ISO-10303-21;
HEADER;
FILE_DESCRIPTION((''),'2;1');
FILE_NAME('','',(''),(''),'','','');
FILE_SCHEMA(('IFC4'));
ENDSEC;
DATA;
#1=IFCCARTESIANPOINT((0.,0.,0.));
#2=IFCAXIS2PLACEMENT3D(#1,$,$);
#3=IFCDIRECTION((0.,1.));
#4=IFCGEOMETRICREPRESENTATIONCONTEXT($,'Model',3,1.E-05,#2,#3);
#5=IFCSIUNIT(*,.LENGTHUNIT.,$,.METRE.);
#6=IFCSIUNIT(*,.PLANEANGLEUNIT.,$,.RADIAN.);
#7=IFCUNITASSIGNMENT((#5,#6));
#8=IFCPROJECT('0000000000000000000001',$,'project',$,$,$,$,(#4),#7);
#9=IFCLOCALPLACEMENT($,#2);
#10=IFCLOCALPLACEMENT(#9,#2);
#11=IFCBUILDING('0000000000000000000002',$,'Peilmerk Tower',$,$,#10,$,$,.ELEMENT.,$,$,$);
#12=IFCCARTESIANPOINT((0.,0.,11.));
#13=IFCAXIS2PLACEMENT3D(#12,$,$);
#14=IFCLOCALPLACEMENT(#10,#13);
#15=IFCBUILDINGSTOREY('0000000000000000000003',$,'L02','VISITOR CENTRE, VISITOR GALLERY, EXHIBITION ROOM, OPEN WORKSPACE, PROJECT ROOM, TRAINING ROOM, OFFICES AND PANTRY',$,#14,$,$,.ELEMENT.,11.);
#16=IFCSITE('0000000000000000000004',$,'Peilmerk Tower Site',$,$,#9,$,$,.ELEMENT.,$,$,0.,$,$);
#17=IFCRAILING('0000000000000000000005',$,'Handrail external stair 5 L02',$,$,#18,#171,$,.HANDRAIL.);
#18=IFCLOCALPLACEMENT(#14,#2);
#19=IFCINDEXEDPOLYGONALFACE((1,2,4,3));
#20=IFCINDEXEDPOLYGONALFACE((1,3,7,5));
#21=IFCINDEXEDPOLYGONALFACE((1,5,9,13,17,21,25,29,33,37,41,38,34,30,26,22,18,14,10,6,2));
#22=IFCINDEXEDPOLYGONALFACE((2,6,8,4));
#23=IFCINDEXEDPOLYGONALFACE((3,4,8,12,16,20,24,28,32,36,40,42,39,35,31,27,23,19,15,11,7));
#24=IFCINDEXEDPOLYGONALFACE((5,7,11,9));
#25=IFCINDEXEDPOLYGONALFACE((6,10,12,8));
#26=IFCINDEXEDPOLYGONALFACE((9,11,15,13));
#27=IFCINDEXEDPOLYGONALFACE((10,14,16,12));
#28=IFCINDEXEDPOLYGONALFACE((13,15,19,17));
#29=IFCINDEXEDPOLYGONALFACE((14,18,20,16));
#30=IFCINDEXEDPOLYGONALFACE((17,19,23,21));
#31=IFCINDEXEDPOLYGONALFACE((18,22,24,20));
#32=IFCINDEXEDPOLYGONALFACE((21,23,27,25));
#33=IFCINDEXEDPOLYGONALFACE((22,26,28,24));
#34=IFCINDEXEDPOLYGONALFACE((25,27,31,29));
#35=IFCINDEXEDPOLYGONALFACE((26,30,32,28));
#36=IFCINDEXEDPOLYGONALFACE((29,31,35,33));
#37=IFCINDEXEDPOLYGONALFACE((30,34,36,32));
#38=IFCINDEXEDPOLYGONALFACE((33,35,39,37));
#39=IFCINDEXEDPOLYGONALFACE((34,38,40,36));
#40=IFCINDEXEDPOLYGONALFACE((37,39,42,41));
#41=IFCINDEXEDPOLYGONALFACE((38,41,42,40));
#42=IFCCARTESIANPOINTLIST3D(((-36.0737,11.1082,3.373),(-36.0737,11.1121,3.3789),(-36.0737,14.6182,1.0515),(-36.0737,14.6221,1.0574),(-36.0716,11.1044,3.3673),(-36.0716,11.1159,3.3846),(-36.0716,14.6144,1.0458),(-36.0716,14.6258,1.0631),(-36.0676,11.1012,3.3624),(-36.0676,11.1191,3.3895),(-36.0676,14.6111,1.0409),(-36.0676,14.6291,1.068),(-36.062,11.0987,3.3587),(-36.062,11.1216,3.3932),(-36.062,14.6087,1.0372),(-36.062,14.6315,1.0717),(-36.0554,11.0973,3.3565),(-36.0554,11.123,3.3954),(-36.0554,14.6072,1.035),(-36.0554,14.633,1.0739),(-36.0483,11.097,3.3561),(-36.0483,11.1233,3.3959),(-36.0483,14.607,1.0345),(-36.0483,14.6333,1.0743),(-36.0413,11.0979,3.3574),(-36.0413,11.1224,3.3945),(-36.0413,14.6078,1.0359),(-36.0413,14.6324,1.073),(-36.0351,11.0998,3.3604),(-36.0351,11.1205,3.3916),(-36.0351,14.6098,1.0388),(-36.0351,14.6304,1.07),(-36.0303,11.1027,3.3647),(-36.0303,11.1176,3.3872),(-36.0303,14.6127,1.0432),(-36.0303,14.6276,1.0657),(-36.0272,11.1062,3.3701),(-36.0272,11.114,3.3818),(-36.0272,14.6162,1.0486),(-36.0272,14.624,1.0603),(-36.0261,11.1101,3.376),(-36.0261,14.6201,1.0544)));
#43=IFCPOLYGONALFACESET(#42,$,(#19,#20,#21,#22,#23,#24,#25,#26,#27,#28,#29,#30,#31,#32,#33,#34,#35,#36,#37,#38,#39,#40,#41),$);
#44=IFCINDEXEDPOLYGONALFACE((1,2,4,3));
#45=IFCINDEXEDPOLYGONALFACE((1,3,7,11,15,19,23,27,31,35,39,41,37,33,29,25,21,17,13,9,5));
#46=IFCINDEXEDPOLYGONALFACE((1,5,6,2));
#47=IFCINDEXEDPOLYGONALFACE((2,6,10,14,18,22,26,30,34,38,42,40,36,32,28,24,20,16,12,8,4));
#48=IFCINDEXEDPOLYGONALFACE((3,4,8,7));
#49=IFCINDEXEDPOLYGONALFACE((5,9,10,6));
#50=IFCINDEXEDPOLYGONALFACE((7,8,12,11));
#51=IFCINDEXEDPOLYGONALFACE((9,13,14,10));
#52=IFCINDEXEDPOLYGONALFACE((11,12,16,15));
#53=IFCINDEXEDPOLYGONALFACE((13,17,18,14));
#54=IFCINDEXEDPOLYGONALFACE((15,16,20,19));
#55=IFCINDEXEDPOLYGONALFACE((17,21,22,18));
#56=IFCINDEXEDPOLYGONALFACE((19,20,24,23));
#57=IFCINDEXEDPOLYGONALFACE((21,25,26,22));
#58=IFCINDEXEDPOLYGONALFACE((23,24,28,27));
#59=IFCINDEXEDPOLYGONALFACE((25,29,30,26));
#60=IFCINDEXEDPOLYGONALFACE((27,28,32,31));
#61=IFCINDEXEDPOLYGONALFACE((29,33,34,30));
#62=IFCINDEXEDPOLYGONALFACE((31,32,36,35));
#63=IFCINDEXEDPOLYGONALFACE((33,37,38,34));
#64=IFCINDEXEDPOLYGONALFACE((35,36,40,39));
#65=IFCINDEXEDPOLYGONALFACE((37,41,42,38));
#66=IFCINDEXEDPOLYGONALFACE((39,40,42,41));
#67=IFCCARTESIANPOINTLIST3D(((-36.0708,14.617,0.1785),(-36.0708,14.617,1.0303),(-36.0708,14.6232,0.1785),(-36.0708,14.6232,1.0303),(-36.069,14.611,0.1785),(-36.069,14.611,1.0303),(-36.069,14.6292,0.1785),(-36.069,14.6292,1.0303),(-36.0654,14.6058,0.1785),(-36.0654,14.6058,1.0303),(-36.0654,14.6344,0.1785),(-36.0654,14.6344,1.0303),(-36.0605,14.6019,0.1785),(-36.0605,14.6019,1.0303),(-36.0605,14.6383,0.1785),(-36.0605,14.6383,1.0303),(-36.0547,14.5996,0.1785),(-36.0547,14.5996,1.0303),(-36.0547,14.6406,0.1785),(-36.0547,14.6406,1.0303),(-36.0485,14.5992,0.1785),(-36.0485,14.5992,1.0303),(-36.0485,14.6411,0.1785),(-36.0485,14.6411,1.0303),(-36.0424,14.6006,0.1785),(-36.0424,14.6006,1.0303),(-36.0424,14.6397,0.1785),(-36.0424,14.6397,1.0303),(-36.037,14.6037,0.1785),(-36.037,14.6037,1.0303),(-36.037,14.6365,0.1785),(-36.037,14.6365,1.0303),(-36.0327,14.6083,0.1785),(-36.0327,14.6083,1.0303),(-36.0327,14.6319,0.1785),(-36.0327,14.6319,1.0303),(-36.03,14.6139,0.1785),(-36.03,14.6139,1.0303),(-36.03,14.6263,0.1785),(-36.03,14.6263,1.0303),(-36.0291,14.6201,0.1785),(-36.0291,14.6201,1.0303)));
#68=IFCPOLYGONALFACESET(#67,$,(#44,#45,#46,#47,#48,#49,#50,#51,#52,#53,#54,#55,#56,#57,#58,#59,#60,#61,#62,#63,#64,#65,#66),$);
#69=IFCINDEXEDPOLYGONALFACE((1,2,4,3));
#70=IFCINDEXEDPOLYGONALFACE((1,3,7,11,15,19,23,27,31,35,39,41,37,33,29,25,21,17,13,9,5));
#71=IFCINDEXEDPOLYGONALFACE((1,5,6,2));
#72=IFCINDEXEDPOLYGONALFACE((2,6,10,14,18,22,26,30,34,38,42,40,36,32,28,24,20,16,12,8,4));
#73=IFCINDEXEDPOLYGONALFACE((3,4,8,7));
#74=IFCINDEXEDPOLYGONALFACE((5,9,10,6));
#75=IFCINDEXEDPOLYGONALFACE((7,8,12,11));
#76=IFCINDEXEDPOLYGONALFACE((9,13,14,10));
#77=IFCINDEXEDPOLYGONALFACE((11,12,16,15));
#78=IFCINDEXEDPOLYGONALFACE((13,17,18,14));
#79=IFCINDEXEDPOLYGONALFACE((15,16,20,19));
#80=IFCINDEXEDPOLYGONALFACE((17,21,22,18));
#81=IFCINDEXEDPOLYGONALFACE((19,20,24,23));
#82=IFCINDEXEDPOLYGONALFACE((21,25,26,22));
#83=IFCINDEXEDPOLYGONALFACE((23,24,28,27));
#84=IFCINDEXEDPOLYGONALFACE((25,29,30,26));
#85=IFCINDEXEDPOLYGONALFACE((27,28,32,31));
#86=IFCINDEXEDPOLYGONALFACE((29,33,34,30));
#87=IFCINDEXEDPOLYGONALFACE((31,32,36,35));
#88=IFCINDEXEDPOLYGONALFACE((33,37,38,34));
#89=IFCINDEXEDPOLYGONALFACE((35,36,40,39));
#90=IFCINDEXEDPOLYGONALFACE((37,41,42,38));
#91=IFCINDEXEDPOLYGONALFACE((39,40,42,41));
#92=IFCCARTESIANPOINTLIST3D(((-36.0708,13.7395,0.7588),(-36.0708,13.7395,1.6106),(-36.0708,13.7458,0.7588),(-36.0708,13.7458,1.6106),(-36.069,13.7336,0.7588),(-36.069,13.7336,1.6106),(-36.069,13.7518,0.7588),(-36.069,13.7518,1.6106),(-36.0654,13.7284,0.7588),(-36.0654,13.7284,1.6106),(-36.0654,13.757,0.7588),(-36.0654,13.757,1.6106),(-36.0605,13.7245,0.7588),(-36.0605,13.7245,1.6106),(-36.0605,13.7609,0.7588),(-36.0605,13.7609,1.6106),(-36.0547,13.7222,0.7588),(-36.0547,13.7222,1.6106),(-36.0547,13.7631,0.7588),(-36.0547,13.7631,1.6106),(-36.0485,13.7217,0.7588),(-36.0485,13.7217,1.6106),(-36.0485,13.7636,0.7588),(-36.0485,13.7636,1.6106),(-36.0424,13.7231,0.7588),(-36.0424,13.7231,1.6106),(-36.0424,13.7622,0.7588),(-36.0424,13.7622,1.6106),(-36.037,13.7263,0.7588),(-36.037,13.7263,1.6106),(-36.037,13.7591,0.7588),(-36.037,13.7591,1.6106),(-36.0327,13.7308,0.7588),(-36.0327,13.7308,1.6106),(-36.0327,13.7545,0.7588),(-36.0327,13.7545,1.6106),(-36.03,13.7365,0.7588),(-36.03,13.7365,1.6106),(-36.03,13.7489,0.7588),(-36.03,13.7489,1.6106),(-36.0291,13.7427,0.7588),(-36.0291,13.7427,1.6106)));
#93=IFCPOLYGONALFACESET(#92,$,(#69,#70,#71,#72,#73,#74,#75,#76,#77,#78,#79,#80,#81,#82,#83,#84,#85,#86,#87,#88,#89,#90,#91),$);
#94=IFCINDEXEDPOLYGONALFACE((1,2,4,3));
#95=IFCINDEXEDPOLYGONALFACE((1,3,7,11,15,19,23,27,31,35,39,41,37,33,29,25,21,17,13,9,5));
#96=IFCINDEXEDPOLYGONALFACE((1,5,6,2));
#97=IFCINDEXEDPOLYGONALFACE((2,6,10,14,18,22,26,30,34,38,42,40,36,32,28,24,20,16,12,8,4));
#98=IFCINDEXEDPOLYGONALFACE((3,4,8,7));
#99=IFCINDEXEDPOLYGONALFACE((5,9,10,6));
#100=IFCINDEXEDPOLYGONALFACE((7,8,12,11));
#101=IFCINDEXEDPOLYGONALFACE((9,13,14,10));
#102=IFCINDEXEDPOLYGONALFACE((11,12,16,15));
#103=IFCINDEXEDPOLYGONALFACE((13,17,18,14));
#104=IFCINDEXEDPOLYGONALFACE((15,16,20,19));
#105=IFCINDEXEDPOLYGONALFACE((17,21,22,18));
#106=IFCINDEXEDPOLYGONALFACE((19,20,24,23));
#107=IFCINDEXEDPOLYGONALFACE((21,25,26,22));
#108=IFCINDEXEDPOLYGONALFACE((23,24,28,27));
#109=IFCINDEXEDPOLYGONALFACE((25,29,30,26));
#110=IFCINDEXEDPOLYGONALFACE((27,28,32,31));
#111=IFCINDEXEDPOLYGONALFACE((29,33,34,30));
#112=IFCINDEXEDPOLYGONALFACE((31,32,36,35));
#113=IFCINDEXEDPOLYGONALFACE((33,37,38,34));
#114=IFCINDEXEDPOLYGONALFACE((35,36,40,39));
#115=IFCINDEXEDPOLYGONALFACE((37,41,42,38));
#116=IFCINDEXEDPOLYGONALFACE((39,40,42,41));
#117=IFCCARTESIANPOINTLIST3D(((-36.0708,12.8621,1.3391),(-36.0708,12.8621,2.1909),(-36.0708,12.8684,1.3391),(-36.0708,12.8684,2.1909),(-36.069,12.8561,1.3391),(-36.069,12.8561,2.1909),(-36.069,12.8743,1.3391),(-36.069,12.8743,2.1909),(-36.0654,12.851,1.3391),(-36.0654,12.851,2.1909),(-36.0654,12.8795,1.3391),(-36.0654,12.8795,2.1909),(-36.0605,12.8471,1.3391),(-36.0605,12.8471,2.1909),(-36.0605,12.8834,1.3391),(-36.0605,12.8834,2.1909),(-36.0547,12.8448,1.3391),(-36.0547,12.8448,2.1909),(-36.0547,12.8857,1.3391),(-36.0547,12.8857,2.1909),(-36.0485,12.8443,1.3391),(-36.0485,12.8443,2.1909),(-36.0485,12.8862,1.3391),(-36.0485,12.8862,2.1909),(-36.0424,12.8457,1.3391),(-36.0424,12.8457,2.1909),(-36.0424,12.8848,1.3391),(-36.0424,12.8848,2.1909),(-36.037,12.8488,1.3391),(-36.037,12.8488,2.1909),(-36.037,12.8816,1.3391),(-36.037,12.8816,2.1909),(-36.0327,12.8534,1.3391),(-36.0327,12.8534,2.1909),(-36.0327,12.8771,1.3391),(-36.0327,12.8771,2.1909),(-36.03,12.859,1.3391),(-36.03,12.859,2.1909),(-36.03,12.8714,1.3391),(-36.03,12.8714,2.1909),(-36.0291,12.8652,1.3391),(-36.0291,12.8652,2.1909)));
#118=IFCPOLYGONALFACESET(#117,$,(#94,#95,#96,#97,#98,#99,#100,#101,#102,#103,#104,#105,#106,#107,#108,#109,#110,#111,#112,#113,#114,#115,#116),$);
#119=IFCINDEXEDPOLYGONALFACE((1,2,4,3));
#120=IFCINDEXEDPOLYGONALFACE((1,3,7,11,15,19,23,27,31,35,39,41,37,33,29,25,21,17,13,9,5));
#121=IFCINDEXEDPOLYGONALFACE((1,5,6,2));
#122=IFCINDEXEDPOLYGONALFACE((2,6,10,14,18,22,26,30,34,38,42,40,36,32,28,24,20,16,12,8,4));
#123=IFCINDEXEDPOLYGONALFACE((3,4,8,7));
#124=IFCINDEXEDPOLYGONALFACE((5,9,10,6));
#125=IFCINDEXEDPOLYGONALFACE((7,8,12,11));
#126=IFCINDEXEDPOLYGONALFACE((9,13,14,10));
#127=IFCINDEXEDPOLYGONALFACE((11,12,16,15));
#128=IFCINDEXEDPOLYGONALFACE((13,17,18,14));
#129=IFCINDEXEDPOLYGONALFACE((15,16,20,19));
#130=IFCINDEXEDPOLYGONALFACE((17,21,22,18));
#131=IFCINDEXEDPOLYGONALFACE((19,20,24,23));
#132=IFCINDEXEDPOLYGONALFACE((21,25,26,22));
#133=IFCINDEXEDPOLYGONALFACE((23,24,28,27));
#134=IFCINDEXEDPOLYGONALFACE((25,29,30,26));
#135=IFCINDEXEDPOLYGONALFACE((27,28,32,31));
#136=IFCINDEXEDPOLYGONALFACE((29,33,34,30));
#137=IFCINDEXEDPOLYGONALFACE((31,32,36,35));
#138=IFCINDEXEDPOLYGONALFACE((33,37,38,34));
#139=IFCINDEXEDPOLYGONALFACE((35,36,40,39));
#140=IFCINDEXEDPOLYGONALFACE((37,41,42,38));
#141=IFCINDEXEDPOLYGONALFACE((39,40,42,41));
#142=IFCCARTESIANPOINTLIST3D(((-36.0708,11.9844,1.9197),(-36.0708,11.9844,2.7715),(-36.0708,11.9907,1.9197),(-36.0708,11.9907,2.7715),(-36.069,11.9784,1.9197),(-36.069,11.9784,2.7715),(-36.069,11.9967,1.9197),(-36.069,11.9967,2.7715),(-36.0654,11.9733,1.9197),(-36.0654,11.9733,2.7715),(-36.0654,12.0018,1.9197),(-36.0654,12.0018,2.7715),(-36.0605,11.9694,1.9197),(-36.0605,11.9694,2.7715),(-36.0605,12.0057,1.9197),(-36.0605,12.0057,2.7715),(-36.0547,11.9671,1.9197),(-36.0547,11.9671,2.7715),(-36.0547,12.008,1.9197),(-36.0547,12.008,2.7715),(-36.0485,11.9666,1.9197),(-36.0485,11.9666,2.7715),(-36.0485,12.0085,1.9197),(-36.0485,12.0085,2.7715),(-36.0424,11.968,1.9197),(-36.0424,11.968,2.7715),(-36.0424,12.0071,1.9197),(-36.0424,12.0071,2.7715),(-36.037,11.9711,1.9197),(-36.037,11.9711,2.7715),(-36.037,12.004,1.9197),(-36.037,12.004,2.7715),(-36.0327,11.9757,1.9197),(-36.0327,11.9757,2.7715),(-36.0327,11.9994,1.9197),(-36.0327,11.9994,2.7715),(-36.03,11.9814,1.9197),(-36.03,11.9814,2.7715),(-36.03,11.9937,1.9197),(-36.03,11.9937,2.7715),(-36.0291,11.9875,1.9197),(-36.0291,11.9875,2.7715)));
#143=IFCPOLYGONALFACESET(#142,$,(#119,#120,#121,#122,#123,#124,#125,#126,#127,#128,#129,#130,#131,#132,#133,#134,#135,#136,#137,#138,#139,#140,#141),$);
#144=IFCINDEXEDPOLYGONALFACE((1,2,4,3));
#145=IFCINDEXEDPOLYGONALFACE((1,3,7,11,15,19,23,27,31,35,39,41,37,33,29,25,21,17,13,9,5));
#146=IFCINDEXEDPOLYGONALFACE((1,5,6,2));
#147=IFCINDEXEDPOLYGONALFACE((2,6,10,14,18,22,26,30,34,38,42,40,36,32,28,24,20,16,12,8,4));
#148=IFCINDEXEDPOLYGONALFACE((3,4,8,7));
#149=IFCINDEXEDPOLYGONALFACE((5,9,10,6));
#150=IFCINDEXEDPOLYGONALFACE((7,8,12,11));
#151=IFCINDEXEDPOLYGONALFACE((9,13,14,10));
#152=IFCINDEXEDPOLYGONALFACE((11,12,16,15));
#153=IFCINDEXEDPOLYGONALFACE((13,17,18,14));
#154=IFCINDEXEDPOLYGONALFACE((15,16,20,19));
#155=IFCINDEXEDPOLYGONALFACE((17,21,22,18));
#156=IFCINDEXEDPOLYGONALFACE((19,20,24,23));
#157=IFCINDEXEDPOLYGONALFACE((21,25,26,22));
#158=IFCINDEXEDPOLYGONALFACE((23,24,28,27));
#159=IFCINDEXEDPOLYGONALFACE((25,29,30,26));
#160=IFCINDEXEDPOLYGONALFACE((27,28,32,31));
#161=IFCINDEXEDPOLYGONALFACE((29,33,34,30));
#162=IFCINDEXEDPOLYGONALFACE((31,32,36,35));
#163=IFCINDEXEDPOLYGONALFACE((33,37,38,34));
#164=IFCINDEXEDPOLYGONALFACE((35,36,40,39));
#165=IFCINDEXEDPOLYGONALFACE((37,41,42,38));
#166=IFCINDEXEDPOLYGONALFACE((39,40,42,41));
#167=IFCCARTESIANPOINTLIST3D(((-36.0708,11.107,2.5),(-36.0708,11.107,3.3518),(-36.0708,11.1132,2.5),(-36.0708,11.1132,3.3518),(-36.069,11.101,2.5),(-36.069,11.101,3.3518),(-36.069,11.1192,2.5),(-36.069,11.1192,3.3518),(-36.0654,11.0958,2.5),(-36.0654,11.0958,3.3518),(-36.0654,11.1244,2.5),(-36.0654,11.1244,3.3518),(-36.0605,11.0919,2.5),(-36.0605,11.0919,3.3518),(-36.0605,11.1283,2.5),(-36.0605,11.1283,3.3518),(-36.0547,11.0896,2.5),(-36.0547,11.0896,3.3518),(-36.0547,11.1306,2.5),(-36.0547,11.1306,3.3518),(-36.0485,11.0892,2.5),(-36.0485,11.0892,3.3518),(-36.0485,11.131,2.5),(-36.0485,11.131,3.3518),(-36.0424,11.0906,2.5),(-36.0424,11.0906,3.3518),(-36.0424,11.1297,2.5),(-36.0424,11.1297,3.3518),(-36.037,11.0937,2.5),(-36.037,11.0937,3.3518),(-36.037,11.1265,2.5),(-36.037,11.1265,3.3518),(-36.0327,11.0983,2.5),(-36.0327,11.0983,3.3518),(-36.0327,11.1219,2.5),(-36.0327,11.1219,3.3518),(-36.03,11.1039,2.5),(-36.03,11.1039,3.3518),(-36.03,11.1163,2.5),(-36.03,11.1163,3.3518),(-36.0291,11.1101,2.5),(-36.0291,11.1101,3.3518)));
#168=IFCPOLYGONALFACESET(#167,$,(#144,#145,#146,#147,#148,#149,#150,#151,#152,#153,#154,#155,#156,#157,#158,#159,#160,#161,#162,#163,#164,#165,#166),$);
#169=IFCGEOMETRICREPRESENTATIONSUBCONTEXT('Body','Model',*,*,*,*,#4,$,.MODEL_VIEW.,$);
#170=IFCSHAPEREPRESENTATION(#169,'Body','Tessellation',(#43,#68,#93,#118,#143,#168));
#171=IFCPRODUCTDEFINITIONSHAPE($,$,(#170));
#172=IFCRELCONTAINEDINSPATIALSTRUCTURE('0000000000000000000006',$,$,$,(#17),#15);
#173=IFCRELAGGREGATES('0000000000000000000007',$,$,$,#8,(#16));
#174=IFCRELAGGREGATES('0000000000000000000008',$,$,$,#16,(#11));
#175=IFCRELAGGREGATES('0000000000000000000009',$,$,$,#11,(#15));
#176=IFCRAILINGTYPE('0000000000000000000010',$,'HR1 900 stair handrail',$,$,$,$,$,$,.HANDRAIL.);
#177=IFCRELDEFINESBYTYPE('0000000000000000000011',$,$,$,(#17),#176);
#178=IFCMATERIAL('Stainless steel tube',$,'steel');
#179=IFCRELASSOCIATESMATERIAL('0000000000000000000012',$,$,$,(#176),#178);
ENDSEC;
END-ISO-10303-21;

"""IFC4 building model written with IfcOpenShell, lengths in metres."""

from ifc_helpers import new_model, si_unit, direction, frame, origin, origin_2d, place, context, subcontext, project, spatial, circle, extrude, material, type_object, element, save


model = new_model("IFC4")

# Units and contexts
model_context = context("Model", 3, precision=1e-05, world=origin(), true_north=direction((0.0, 1.0)))
body_context = subcontext(model_context, "Body", "Model", "MODEL_VIEW")
ifc_project = project(units=[si_unit("LENGTHUNIT", "METRE"), si_unit("PLANEANGLEUNIT", "RADIAN")], contexts=[model_context])

# Site, building, storey
site_placement = place(None, origin())
site = spatial("IfcSite", under=ifc_project, at=site_placement, Name="Peilmerk Tower Site", CompositionType="ELEMENT", RefElevation=0.0)
building_placement = place(site_placement, origin())
building = spatial("IfcBuilding", under=site, at=building_placement, Name="Peilmerk Tower", CompositionType="ELEMENT")
storey_placement = place(building_placement, frame((0.0, 0.0, 11.0)))
storey = spatial("IfcBuildingStorey", under=building, at=storey_placement, Name="L02", Description="VISITOR CENTRE, VISITOR GALLERY, EXHIBITION ROOM, OPEN WORKSPACE, PROJECT ROOM, TRAINING ROOM, OFFICES AND PANTRY", CompositionType="ELEMENT", Elevation=11.0)

# Railing
ifc_material_1 = material(Name="Stainless steel tube", Category="steel")
railing_type = type_object("IfcRailingType", Name="HR1 900 stair handrail", PredefinedType="HANDRAIL", material=ifc_material_1)
railing_placement = place(storey_placement, frame((-36.05, 14.6201, 0.1785)))
element("IfcRailing", 1, at=railing_placement, inside=storey, type_object=railing_type, Name="Handrail external stair 5 L02", PredefinedType="HANDRAIL", context=body_context, shape_type="SweptSolid", body=[
    extrude(circle(Radius=0.0239, at=origin_2d()), frame((0.0, 0.0, 0.876), z_axis=(0.0, -0.834071, 0.551657), x_axis=(1.0, 0.0, 0.0)), (0.0, 0.0, 1.0), 4.2083),
    extrude(circle(Radius=0.021, at=origin_2d()), origin(), (0.0, 0.0, 1.0), 0.8518),
    extrude(circle(Radius=0.021, at=origin_2d()), frame((0.0, -0.8774, 0.5803)), (0.0, 0.0, 1.0), 0.8518),
    extrude(circle(Radius=0.021, at=origin_2d()), frame((0.0, -1.7549, 1.1606)), (0.0, 0.0, 1.0), 0.8518),
    extrude(circle(Radius=0.021, at=origin_2d()), frame((0.0, -2.6326, 1.7412)), (0.0, 0.0, 1.0), 0.8518),
    extrude(circle(Radius=0.021, at=origin_2d()), frame((0.0, -3.51, 2.3215)), (0.0, 0.0, 1.0), 0.8518),
])

save(model, "model.ifc")
